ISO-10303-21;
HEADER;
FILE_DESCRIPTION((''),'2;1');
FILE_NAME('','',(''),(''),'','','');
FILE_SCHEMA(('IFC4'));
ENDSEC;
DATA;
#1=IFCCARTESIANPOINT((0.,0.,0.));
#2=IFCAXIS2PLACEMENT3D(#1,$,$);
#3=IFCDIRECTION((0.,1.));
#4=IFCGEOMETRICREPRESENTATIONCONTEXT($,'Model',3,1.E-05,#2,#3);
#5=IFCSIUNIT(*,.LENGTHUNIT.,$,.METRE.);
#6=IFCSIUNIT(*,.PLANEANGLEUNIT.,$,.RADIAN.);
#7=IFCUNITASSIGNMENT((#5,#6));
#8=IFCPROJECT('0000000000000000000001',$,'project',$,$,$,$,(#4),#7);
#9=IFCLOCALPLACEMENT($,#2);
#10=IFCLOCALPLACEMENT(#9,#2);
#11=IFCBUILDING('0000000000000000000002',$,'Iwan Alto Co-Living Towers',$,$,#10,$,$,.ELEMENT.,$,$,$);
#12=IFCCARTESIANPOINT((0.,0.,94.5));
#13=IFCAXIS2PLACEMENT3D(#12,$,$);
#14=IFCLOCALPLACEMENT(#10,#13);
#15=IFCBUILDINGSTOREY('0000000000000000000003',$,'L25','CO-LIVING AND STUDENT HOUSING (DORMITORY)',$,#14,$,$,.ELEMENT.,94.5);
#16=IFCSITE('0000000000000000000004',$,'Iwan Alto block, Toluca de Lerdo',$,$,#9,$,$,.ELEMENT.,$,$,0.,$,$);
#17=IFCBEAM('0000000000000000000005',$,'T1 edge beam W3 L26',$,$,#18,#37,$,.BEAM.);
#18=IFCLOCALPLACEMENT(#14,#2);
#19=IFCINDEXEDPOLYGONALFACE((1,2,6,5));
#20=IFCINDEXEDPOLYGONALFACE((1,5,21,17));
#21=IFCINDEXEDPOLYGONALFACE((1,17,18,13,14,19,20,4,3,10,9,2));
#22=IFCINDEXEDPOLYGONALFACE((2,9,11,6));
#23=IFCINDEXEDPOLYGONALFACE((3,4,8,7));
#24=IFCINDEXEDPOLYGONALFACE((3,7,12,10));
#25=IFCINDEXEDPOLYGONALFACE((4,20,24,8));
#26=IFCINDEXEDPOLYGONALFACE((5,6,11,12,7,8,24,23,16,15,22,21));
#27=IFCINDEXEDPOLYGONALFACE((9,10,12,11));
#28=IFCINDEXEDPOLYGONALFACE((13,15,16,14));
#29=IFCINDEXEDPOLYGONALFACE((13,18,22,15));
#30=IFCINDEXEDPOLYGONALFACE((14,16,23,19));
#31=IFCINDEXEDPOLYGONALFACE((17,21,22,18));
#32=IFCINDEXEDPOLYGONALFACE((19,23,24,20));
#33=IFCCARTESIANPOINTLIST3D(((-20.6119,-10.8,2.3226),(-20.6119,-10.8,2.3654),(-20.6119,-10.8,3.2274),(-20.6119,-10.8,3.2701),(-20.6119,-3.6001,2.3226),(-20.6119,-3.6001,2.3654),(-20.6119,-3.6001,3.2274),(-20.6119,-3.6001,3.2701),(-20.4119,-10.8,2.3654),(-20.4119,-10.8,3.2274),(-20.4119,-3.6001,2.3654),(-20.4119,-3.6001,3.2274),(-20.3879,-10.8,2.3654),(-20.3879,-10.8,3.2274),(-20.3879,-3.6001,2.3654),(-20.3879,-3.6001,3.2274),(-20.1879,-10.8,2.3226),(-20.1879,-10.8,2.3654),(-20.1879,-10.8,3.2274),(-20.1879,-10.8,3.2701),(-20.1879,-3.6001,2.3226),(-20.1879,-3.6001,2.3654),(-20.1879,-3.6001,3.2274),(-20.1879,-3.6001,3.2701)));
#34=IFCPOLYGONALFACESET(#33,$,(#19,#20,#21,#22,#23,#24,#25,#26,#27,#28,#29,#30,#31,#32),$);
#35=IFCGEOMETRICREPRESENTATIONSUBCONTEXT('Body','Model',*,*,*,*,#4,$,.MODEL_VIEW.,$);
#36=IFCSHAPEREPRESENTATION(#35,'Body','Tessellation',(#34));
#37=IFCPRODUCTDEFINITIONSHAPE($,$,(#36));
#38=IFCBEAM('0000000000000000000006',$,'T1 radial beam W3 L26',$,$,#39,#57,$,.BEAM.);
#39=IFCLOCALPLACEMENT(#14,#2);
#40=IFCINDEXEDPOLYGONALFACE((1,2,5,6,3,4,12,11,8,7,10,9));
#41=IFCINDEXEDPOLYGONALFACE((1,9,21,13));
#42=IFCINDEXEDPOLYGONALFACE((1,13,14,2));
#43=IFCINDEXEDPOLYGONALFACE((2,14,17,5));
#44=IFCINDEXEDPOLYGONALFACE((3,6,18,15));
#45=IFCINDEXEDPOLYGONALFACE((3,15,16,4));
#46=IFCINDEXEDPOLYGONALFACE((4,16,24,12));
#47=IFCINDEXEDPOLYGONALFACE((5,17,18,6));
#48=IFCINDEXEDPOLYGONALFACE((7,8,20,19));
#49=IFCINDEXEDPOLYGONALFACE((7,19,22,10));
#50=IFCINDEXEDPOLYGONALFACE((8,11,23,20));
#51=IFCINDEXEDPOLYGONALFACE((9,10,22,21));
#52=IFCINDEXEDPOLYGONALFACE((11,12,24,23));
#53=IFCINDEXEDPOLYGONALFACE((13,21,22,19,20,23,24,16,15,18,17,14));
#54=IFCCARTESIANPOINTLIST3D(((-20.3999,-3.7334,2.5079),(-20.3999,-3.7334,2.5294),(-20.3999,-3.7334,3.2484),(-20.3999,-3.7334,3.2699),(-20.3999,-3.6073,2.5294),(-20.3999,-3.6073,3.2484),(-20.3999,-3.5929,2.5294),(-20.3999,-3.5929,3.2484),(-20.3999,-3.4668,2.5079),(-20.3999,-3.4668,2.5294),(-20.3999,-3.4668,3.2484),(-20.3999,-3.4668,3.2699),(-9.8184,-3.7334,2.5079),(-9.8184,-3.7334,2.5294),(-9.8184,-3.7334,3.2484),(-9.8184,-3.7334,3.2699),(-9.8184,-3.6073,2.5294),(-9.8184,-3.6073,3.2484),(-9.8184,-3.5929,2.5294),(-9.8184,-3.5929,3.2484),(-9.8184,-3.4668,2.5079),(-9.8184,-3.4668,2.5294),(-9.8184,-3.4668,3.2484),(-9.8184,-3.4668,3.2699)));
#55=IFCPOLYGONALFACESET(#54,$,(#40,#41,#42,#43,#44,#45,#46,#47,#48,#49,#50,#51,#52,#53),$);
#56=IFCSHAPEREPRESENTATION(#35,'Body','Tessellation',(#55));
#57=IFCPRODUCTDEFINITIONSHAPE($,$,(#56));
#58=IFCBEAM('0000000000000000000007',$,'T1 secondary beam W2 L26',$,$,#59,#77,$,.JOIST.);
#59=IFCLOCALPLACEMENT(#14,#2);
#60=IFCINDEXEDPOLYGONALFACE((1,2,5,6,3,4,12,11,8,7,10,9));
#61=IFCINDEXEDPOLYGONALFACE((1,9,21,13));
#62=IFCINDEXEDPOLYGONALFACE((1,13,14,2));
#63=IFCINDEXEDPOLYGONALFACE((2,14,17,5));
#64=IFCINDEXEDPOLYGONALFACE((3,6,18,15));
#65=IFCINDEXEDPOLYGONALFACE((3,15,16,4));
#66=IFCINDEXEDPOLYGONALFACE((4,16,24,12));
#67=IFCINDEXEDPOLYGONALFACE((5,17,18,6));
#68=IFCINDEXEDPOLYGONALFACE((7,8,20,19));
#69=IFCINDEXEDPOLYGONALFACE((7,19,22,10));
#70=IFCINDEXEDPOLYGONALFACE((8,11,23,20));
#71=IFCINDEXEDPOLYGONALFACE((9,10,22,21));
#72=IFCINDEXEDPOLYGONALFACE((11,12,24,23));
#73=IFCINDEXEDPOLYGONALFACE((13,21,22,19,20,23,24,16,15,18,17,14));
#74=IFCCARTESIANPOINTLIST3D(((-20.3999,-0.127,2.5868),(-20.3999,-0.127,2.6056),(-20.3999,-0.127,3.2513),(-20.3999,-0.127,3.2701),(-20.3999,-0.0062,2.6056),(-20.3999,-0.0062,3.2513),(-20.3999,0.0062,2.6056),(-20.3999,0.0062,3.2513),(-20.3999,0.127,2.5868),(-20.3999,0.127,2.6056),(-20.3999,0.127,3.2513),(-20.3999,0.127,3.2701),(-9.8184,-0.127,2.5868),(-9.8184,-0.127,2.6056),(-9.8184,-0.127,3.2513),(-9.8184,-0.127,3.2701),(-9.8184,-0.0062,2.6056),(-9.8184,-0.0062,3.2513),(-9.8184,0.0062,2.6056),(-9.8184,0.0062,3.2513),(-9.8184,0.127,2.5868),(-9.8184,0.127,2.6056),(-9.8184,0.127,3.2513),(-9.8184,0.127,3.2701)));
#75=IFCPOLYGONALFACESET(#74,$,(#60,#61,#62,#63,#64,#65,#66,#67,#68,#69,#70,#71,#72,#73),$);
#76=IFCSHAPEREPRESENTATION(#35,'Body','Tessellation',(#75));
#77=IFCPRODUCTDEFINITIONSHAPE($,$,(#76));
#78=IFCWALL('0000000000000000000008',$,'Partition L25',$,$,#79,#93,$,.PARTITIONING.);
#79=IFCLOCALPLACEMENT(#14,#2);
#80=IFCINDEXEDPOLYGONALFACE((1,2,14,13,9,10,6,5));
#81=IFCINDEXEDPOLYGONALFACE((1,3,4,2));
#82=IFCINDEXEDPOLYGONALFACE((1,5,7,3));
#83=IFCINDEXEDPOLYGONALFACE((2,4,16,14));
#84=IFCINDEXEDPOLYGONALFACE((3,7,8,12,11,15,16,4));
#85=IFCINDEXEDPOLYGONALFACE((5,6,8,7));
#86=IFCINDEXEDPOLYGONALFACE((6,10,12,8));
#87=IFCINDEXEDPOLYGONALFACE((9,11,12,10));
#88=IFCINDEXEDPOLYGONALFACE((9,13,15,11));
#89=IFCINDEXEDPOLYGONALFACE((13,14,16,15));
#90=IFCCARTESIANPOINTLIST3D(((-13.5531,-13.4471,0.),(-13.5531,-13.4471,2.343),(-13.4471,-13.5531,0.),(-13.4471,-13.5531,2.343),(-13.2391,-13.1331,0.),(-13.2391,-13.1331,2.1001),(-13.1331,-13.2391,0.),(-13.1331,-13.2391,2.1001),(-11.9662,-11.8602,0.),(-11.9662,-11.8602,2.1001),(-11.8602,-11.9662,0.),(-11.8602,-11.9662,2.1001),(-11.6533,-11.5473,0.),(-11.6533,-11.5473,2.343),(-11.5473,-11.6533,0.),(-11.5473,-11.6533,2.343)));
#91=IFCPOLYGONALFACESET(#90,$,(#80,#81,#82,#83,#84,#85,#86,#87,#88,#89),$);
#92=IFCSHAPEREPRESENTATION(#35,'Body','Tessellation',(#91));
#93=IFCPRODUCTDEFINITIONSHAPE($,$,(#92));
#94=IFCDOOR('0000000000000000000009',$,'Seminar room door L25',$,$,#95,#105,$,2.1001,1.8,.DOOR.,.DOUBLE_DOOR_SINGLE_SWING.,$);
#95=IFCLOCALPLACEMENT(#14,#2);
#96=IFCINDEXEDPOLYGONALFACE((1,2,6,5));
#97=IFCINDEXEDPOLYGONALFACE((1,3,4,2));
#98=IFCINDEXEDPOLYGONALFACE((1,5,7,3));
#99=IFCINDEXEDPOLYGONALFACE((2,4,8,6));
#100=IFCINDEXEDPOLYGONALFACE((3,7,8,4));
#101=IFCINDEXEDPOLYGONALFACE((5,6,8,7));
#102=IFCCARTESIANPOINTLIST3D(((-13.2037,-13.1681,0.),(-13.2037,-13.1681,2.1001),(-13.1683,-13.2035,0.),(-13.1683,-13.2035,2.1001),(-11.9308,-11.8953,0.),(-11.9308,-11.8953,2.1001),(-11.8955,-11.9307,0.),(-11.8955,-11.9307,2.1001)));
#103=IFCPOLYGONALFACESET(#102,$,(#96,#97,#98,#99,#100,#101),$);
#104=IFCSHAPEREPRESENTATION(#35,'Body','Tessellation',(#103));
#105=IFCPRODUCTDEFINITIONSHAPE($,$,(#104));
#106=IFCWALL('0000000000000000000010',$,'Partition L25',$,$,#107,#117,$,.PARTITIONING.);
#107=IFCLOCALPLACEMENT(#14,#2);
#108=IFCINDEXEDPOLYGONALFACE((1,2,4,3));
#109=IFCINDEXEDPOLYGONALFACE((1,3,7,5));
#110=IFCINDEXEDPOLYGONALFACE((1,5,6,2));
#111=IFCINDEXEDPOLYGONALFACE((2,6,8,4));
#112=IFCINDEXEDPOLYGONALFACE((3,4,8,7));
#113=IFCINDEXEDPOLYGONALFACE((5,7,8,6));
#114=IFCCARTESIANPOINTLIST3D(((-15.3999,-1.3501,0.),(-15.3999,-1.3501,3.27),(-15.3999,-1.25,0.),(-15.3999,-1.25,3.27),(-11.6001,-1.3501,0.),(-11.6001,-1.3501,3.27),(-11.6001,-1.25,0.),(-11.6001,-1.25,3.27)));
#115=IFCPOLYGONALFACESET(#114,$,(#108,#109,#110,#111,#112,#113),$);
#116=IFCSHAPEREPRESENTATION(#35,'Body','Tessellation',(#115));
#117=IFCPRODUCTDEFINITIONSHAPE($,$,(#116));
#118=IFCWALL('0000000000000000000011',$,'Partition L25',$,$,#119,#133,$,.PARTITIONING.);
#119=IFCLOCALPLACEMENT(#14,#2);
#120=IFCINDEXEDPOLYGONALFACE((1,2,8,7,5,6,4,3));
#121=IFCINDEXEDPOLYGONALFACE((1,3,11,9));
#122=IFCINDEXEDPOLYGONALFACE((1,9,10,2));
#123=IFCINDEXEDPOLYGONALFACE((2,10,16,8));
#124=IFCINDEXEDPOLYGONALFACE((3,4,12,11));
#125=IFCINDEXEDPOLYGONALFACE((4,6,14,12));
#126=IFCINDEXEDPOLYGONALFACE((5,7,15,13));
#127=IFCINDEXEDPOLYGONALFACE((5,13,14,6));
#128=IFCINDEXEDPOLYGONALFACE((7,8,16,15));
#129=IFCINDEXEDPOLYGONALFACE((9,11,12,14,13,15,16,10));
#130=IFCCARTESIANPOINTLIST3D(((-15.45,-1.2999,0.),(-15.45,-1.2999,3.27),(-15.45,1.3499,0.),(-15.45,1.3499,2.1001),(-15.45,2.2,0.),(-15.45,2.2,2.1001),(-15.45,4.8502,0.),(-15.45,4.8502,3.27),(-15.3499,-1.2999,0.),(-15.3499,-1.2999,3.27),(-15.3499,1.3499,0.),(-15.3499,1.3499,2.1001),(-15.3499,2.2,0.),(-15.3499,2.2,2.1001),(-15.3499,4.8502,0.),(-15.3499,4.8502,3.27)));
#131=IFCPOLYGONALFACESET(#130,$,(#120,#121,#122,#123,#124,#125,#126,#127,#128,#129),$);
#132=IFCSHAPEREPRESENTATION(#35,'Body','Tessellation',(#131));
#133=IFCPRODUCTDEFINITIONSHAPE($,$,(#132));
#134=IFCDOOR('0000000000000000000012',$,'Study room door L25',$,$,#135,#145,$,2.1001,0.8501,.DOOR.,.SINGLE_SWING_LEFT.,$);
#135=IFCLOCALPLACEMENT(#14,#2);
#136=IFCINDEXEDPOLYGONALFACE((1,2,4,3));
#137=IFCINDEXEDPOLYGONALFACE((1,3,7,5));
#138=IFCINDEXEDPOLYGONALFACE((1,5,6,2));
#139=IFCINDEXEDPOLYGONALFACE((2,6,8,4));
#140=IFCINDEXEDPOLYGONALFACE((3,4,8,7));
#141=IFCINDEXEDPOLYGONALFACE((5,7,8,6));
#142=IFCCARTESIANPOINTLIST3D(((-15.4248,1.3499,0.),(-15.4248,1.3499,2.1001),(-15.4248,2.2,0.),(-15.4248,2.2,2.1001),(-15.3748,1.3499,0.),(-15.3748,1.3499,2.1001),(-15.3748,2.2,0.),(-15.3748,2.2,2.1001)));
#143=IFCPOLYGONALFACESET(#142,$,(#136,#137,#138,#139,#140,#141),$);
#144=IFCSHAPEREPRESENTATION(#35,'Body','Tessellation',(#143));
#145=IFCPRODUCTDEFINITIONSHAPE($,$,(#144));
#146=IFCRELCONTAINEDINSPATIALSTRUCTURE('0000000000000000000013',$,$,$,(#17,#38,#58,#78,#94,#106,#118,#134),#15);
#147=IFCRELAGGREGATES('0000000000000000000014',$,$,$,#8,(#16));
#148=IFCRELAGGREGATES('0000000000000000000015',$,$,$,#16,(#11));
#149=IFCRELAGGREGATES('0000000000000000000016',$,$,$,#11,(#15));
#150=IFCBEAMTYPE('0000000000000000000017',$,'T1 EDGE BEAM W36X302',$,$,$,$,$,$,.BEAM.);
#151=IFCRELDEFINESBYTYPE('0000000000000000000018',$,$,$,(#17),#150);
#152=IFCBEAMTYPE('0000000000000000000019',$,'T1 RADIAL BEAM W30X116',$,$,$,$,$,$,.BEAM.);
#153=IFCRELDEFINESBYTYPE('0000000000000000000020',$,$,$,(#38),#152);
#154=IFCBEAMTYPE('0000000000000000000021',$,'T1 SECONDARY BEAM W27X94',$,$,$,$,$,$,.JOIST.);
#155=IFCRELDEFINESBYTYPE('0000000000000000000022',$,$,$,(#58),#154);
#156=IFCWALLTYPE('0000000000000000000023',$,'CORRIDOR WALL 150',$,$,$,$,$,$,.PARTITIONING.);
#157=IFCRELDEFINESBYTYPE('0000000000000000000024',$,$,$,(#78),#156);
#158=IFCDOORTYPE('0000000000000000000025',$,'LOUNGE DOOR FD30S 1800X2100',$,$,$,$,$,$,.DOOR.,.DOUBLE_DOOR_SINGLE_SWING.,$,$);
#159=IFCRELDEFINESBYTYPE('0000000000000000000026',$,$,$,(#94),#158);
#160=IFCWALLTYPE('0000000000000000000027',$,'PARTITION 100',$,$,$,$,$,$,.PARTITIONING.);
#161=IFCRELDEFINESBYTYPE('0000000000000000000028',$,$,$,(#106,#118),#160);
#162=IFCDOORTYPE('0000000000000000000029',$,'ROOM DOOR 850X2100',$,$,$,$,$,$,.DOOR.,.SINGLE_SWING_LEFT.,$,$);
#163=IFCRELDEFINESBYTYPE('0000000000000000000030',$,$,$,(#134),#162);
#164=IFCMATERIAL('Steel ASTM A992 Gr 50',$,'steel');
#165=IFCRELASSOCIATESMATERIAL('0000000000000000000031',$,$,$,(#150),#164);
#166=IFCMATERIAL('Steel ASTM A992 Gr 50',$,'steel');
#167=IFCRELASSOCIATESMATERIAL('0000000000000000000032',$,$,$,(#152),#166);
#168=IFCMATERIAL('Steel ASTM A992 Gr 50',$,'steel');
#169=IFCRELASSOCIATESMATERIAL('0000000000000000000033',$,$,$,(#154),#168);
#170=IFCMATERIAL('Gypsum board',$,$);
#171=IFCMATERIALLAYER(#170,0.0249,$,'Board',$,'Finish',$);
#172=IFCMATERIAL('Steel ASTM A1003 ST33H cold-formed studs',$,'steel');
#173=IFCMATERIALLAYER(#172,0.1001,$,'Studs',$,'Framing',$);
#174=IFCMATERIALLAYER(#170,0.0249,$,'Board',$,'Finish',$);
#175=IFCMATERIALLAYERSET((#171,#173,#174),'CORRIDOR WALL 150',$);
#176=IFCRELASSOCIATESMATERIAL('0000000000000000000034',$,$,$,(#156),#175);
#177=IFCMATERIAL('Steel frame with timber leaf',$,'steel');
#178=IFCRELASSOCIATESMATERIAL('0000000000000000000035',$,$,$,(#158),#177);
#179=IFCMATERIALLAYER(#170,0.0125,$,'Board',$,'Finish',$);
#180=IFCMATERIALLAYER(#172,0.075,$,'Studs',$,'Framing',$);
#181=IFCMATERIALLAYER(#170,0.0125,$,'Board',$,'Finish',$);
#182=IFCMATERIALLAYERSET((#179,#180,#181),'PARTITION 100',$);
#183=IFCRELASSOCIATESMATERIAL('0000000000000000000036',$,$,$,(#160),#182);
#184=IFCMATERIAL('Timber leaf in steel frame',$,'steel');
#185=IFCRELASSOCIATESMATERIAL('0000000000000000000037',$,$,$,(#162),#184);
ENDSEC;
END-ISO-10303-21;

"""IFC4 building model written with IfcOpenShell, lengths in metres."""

from ifc_helpers import new_model, si_unit, direction, frame, frame_2d, origin, origin_2d, place, context, subcontext, project, spatial, rectangle, i_section, extrude, material, layer, layer_set, material_profile, profile_set, type_object, element, fill, save


model = new_model("IFC4")

# Units and contexts
model_context = context("Model", 3, precision=1e-05, world=origin(), true_north=direction((0.0, 1.0)))
body_context = subcontext(model_context, "Body", "Model", "MODEL_VIEW")
ifc_project = project(units=[si_unit("LENGTHUNIT", "METRE"), si_unit("PLANEANGLEUNIT", "RADIAN")], contexts=[model_context])

# Site, building, storey
site_placement = place(None, origin())
site = spatial("IfcSite", under=ifc_project, at=site_placement, Name="Iwan Alto block, Toluca de Lerdo", CompositionType="ELEMENT", RefElevation=0.0)
building_placement = place(site_placement, origin())
building = spatial("IfcBuilding", under=site, at=building_placement, Name="Iwan Alto Co-Living Towers", CompositionType="ELEMENT")
storey_placement = place(building_placement, frame((0.0, 0.0, 94.5)))
storey = spatial("IfcBuildingStorey", under=building, at=storey_placement, Name="L25", Description="CO-LIVING AND STUDENT HOUSING (DORMITORY)", CompositionType="ELEMENT", Elevation=94.5)

# Beams
ifc_material_1 = material(Name="Steel ASTM A992 Gr 50", Category="steel")
ifc_material_profile_1 = material_profile(ifc_material_1, i_section(OverallWidth=0.4241, OverallDepth=0.9475, WebThickness=0.0239, FlangeThickness=0.0427, at=origin_2d()), Name="W36X302")
ifc_profile_set_1 = profile_set([ifc_material_profile_1], Name="Steel ASTM A992 Gr 50")
beam_type_1 = type_object("IfcBeamType", Name="T1 EDGE BEAM W36X302", PredefinedType="BEAM", material=ifc_profile_set_1)
beam_1_placement = place(storey_placement, frame((-20.3999, -3.6001, 2.7964), z_axis=(0.0, -1.0, 0.0), x_axis=(1.0, 0.0, 0.0)))
element("IfcBeam", 1, at=beam_1_placement, inside=storey, type_object=beam_type_1, Name="T1 edge beam W3 L26", PredefinedType="BEAM", context=body_context, shape_type="SweptSolid", body=[
    extrude(i_section(OverallWidth=0.4241, OverallDepth=0.9475, WebThickness=0.0239, FlangeThickness=0.0427, at=origin_2d()), origin(), (0.0, 0.0, 1.0), 7.2),
])
ifc_material_2 = material(Name="Steel ASTM A992 Gr 50", Category="steel")
ifc_material_profile_2 = material_profile(ifc_material_2, i_section(OverallWidth=0.2666, OverallDepth=0.762, WebThickness=0.0144, FlangeThickness=0.0215, at=origin_2d()), Name="W30X116")
ifc_profile_set_2 = profile_set([ifc_material_profile_2], Name="Steel ASTM A992 Gr 50")
beam_type_2 = type_object("IfcBeamType", Name="T1 RADIAL BEAM W30X116", PredefinedType="BEAM", material=ifc_profile_set_2)
beam_2_placement = place(storey_placement, frame((-20.3999, -3.6001, 2.8889), z_axis=(1.0, 0.0, 0.0), x_axis=(0.0, 1.0, 0.0)))
element("IfcBeam", 2, at=beam_2_placement, inside=storey, type_object=beam_type_2, Name="T1 radial beam W3 L26", PredefinedType="BEAM", context=body_context, shape_type="SweptSolid", body=[
    extrude(i_section(OverallWidth=0.2666, OverallDepth=0.762, WebThickness=0.0144, FlangeThickness=0.0215, at=origin_2d()), origin(), (0.0, 0.0, 1.0), 10.5815),
])
ifc_material_3 = material(Name="Steel ASTM A992 Gr 50", Category="steel")
ifc_material_profile_3 = material_profile(ifc_material_3, i_section(OverallWidth=0.2539, OverallDepth=0.6833, WebThickness=0.0125, FlangeThickness=0.0188, at=origin_2d()), Name="W27X94")
ifc_profile_set_3 = profile_set([ifc_material_profile_3], Name="Steel ASTM A992 Gr 50")
beam_type_3 = type_object("IfcBeamType", Name="T1 SECONDARY BEAM W27X94", PredefinedType="JOIST", material=ifc_profile_set_3)
beam_3_placement = place(storey_placement, frame((-20.3999, 0.0, 2.9285), z_axis=(1.0, 0.0, 0.0), x_axis=(0.0, 1.0, 0.0)))
element("IfcBeam", 3, at=beam_3_placement, inside=storey, type_object=beam_type_3, Name="T1 secondary beam W2 L26", PredefinedType="JOIST", context=body_context, shape_type="SweptSolid", body=[
    extrude(i_section(OverallWidth=0.2539, OverallDepth=0.6833, WebThickness=0.0125, FlangeThickness=0.0188, at=origin_2d()), origin(), (0.0, 0.0, 1.0), 10.5815),
])

# Wall, opening, door
ifc_material_4 = material(Name="Gypsum board")
ifc_layer_1 = layer(ifc_material_4, 0.0249, Name="Board", Category="Finish")
ifc_material_5 = material(Name="Steel ASTM A1003 ST33H cold-formed studs", Category="steel")
ifc_layer_2 = layer(ifc_material_5, 0.1001, Name="Studs", Category="Framing")
ifc_layer_3 = layer(ifc_material_4, 0.0249, Name="Board", Category="Finish")
ifc_layer_set_1 = layer_set([ifc_layer_1, ifc_layer_2, ifc_layer_3], Name="CORRIDOR WALL 150")
wall_type_1 = type_object("IfcWallType", Name="CORRIDOR WALL 150", PredefinedType="PARTITIONING", material=ifc_layer_set_1)
wall_1_placement = place(storey_placement, frame((-13.5, -13.5, 0.0), z_axis=(0.0, 0.0, 1.0), x_axis=(0.707107, 0.707107, 0.0)))
wall_1 = element("IfcWall", 4, at=wall_1_placement, inside=storey, type_object=wall_type_1, Name="Partition L25", PredefinedType="PARTITIONING", context=body_context, shape_type="SweptSolid", body=[
    extrude(rectangle(XDim=2.6868, YDim=0.1499, at=frame_2d((1.3433, 0.0))), origin(), (0.0, 0.0, 1.0), 2.343),
])
opening_1_placement = place(wall_1_placement, frame((0.4441, 0.0, 0.0)))
opening_1 = element("IfcOpeningElement", 5, at=opening_1_placement, cuts=wall_1, PredefinedType="OPENING", context=body_context, shape_type="SweptSolid", body=[
    extrude(rectangle(XDim=1.8, YDim=2.1001, at=frame_2d((0.8999, 1.05))), frame((0.0, 0.085, 0.0), z_axis=(0.0, -1.0, 0.0), x_axis=(1.0, 0.0, 0.0)), (0.0, 0.0, 1.0), 0.1699),
])
ifc_material_6 = material(Name="Steel frame with timber leaf", Category="steel")
door_type_1 = type_object("IfcDoorType", Name="LOUNGE DOOR FD30S 1800X2100", OperationType="DOUBLE_DOOR_SINGLE_SWING", PredefinedType="DOOR", material=ifc_material_6)
door_1_placement = place(opening_1_placement, frame((1.8, 0.0, 0.0), z_axis=(0.0, 0.0, 1.0), x_axis=(-1.0, 0.0, 0.0)))
door_1 = element("IfcDoor", 6, at=door_1_placement, inside=storey, type_object=door_type_1, Name="Seminar room door L25", OperationType="DOUBLE_DOOR_SINGLE_SWING", OverallHeight=2.1001, OverallWidth=1.8, PredefinedType="DOOR", context=body_context, shape_type="SweptSolid", body=[
    extrude(rectangle(XDim=1.8, YDim=2.1001, at=frame_2d((0.8999, 1.05))), frame((0.0, 0.0249, 0.0), z_axis=(0.0, -1.0, 0.0), x_axis=(1.0, 0.0, 0.0)), (0.0, 0.0, 1.0), 0.05),
])
fill(opening_1, door_1)

# Wall
ifc_layer_4 = layer(ifc_material_4, 0.0125, Name="Board", Category="Finish")
ifc_layer_5 = layer(ifc_material_5, 0.075, Name="Studs", Category="Framing")
ifc_layer_6 = layer(ifc_material_4, 0.0125, Name="Board", Category="Finish")
ifc_layer_set_2 = layer_set([ifc_layer_4, ifc_layer_5, ifc_layer_6], Name="PARTITION 100")
wall_type_2 = type_object("IfcWallType", Name="PARTITION 100", PredefinedType="PARTITIONING", material=ifc_layer_set_2)
wall_2_placement = place(storey_placement, frame((-15.3999, -1.3, 0.0), z_axis=(0.0, 0.0, 1.0), x_axis=(1.0, 0.0, 0.0)))
element("IfcWall", 7, at=wall_2_placement, inside=storey, type_object=wall_type_2, Name="Partition L25", PredefinedType="PARTITIONING", context=body_context, shape_type="SweptSolid", body=[
    extrude(rectangle(XDim=3.7998, YDim=0.1001, at=frame_2d((1.8999, 0.0))), origin(), (0.0, 0.0, 1.0), 3.27),
])

# Wall, opening, door
wall_3_placement = place(storey_placement, frame((-15.3999, -1.3, 0.0), z_axis=(0.0, 0.0, 1.0), x_axis=(0.0, 1.0, 0.0)))
wall_3 = element("IfcWall", 8, at=wall_3_placement, inside=storey, type_object=wall_type_2, Name="Partition L25", PredefinedType="PARTITIONING", context=body_context, shape_type="SweptSolid", body=[
    extrude(rectangle(XDim=6.1501, YDim=0.1001, at=frame_2d((3.0752, 0.0))), origin(), (0.0, 0.0, 1.0), 3.27),
])
opening_2_placement = place(wall_3_placement, frame((2.6499, 0.0, 0.0)))
opening_2 = element("IfcOpeningElement", 9, at=opening_2_placement, cuts=wall_3, PredefinedType="OPENING", context=body_context, shape_type="SweptSolid", body=[
    extrude(rectangle(XDim=0.8501, YDim=2.1001, at=frame_2d((0.425, 1.05))), frame((0.0, 0.0601, 0.0), z_axis=(0.0, -1.0, 0.0), x_axis=(1.0, 0.0, 0.0)), (0.0, 0.0, 1.0), 0.1201),
])
ifc_material_7 = material(Name="Timber leaf in steel frame", Category="steel")
door_type_2 = type_object("IfcDoorType", Name="ROOM DOOR 850X2100", OperationType="SINGLE_SWING_LEFT", PredefinedType="DOOR", material=ifc_material_7)
door_2_placement = place(opening_2_placement, origin())
door_2 = element("IfcDoor", 10, at=door_2_placement, inside=storey, type_object=door_type_2, Name="Study room door L25", OperationType="SINGLE_SWING_LEFT", OverallHeight=2.1001, OverallWidth=0.8501, PredefinedType="DOOR", context=body_context, shape_type="SweptSolid", body=[
    extrude(rectangle(XDim=0.8501, YDim=2.1001, at=frame_2d((0.425, 1.05))), frame((0.0, 0.0249, 0.0), z_axis=(0.0, -1.0, 0.0), x_axis=(1.0, 0.0, 0.0)), (0.0, 0.0, 1.0), 0.05),
])
fill(opening_2, door_2)

save(model, "model.ifc")
